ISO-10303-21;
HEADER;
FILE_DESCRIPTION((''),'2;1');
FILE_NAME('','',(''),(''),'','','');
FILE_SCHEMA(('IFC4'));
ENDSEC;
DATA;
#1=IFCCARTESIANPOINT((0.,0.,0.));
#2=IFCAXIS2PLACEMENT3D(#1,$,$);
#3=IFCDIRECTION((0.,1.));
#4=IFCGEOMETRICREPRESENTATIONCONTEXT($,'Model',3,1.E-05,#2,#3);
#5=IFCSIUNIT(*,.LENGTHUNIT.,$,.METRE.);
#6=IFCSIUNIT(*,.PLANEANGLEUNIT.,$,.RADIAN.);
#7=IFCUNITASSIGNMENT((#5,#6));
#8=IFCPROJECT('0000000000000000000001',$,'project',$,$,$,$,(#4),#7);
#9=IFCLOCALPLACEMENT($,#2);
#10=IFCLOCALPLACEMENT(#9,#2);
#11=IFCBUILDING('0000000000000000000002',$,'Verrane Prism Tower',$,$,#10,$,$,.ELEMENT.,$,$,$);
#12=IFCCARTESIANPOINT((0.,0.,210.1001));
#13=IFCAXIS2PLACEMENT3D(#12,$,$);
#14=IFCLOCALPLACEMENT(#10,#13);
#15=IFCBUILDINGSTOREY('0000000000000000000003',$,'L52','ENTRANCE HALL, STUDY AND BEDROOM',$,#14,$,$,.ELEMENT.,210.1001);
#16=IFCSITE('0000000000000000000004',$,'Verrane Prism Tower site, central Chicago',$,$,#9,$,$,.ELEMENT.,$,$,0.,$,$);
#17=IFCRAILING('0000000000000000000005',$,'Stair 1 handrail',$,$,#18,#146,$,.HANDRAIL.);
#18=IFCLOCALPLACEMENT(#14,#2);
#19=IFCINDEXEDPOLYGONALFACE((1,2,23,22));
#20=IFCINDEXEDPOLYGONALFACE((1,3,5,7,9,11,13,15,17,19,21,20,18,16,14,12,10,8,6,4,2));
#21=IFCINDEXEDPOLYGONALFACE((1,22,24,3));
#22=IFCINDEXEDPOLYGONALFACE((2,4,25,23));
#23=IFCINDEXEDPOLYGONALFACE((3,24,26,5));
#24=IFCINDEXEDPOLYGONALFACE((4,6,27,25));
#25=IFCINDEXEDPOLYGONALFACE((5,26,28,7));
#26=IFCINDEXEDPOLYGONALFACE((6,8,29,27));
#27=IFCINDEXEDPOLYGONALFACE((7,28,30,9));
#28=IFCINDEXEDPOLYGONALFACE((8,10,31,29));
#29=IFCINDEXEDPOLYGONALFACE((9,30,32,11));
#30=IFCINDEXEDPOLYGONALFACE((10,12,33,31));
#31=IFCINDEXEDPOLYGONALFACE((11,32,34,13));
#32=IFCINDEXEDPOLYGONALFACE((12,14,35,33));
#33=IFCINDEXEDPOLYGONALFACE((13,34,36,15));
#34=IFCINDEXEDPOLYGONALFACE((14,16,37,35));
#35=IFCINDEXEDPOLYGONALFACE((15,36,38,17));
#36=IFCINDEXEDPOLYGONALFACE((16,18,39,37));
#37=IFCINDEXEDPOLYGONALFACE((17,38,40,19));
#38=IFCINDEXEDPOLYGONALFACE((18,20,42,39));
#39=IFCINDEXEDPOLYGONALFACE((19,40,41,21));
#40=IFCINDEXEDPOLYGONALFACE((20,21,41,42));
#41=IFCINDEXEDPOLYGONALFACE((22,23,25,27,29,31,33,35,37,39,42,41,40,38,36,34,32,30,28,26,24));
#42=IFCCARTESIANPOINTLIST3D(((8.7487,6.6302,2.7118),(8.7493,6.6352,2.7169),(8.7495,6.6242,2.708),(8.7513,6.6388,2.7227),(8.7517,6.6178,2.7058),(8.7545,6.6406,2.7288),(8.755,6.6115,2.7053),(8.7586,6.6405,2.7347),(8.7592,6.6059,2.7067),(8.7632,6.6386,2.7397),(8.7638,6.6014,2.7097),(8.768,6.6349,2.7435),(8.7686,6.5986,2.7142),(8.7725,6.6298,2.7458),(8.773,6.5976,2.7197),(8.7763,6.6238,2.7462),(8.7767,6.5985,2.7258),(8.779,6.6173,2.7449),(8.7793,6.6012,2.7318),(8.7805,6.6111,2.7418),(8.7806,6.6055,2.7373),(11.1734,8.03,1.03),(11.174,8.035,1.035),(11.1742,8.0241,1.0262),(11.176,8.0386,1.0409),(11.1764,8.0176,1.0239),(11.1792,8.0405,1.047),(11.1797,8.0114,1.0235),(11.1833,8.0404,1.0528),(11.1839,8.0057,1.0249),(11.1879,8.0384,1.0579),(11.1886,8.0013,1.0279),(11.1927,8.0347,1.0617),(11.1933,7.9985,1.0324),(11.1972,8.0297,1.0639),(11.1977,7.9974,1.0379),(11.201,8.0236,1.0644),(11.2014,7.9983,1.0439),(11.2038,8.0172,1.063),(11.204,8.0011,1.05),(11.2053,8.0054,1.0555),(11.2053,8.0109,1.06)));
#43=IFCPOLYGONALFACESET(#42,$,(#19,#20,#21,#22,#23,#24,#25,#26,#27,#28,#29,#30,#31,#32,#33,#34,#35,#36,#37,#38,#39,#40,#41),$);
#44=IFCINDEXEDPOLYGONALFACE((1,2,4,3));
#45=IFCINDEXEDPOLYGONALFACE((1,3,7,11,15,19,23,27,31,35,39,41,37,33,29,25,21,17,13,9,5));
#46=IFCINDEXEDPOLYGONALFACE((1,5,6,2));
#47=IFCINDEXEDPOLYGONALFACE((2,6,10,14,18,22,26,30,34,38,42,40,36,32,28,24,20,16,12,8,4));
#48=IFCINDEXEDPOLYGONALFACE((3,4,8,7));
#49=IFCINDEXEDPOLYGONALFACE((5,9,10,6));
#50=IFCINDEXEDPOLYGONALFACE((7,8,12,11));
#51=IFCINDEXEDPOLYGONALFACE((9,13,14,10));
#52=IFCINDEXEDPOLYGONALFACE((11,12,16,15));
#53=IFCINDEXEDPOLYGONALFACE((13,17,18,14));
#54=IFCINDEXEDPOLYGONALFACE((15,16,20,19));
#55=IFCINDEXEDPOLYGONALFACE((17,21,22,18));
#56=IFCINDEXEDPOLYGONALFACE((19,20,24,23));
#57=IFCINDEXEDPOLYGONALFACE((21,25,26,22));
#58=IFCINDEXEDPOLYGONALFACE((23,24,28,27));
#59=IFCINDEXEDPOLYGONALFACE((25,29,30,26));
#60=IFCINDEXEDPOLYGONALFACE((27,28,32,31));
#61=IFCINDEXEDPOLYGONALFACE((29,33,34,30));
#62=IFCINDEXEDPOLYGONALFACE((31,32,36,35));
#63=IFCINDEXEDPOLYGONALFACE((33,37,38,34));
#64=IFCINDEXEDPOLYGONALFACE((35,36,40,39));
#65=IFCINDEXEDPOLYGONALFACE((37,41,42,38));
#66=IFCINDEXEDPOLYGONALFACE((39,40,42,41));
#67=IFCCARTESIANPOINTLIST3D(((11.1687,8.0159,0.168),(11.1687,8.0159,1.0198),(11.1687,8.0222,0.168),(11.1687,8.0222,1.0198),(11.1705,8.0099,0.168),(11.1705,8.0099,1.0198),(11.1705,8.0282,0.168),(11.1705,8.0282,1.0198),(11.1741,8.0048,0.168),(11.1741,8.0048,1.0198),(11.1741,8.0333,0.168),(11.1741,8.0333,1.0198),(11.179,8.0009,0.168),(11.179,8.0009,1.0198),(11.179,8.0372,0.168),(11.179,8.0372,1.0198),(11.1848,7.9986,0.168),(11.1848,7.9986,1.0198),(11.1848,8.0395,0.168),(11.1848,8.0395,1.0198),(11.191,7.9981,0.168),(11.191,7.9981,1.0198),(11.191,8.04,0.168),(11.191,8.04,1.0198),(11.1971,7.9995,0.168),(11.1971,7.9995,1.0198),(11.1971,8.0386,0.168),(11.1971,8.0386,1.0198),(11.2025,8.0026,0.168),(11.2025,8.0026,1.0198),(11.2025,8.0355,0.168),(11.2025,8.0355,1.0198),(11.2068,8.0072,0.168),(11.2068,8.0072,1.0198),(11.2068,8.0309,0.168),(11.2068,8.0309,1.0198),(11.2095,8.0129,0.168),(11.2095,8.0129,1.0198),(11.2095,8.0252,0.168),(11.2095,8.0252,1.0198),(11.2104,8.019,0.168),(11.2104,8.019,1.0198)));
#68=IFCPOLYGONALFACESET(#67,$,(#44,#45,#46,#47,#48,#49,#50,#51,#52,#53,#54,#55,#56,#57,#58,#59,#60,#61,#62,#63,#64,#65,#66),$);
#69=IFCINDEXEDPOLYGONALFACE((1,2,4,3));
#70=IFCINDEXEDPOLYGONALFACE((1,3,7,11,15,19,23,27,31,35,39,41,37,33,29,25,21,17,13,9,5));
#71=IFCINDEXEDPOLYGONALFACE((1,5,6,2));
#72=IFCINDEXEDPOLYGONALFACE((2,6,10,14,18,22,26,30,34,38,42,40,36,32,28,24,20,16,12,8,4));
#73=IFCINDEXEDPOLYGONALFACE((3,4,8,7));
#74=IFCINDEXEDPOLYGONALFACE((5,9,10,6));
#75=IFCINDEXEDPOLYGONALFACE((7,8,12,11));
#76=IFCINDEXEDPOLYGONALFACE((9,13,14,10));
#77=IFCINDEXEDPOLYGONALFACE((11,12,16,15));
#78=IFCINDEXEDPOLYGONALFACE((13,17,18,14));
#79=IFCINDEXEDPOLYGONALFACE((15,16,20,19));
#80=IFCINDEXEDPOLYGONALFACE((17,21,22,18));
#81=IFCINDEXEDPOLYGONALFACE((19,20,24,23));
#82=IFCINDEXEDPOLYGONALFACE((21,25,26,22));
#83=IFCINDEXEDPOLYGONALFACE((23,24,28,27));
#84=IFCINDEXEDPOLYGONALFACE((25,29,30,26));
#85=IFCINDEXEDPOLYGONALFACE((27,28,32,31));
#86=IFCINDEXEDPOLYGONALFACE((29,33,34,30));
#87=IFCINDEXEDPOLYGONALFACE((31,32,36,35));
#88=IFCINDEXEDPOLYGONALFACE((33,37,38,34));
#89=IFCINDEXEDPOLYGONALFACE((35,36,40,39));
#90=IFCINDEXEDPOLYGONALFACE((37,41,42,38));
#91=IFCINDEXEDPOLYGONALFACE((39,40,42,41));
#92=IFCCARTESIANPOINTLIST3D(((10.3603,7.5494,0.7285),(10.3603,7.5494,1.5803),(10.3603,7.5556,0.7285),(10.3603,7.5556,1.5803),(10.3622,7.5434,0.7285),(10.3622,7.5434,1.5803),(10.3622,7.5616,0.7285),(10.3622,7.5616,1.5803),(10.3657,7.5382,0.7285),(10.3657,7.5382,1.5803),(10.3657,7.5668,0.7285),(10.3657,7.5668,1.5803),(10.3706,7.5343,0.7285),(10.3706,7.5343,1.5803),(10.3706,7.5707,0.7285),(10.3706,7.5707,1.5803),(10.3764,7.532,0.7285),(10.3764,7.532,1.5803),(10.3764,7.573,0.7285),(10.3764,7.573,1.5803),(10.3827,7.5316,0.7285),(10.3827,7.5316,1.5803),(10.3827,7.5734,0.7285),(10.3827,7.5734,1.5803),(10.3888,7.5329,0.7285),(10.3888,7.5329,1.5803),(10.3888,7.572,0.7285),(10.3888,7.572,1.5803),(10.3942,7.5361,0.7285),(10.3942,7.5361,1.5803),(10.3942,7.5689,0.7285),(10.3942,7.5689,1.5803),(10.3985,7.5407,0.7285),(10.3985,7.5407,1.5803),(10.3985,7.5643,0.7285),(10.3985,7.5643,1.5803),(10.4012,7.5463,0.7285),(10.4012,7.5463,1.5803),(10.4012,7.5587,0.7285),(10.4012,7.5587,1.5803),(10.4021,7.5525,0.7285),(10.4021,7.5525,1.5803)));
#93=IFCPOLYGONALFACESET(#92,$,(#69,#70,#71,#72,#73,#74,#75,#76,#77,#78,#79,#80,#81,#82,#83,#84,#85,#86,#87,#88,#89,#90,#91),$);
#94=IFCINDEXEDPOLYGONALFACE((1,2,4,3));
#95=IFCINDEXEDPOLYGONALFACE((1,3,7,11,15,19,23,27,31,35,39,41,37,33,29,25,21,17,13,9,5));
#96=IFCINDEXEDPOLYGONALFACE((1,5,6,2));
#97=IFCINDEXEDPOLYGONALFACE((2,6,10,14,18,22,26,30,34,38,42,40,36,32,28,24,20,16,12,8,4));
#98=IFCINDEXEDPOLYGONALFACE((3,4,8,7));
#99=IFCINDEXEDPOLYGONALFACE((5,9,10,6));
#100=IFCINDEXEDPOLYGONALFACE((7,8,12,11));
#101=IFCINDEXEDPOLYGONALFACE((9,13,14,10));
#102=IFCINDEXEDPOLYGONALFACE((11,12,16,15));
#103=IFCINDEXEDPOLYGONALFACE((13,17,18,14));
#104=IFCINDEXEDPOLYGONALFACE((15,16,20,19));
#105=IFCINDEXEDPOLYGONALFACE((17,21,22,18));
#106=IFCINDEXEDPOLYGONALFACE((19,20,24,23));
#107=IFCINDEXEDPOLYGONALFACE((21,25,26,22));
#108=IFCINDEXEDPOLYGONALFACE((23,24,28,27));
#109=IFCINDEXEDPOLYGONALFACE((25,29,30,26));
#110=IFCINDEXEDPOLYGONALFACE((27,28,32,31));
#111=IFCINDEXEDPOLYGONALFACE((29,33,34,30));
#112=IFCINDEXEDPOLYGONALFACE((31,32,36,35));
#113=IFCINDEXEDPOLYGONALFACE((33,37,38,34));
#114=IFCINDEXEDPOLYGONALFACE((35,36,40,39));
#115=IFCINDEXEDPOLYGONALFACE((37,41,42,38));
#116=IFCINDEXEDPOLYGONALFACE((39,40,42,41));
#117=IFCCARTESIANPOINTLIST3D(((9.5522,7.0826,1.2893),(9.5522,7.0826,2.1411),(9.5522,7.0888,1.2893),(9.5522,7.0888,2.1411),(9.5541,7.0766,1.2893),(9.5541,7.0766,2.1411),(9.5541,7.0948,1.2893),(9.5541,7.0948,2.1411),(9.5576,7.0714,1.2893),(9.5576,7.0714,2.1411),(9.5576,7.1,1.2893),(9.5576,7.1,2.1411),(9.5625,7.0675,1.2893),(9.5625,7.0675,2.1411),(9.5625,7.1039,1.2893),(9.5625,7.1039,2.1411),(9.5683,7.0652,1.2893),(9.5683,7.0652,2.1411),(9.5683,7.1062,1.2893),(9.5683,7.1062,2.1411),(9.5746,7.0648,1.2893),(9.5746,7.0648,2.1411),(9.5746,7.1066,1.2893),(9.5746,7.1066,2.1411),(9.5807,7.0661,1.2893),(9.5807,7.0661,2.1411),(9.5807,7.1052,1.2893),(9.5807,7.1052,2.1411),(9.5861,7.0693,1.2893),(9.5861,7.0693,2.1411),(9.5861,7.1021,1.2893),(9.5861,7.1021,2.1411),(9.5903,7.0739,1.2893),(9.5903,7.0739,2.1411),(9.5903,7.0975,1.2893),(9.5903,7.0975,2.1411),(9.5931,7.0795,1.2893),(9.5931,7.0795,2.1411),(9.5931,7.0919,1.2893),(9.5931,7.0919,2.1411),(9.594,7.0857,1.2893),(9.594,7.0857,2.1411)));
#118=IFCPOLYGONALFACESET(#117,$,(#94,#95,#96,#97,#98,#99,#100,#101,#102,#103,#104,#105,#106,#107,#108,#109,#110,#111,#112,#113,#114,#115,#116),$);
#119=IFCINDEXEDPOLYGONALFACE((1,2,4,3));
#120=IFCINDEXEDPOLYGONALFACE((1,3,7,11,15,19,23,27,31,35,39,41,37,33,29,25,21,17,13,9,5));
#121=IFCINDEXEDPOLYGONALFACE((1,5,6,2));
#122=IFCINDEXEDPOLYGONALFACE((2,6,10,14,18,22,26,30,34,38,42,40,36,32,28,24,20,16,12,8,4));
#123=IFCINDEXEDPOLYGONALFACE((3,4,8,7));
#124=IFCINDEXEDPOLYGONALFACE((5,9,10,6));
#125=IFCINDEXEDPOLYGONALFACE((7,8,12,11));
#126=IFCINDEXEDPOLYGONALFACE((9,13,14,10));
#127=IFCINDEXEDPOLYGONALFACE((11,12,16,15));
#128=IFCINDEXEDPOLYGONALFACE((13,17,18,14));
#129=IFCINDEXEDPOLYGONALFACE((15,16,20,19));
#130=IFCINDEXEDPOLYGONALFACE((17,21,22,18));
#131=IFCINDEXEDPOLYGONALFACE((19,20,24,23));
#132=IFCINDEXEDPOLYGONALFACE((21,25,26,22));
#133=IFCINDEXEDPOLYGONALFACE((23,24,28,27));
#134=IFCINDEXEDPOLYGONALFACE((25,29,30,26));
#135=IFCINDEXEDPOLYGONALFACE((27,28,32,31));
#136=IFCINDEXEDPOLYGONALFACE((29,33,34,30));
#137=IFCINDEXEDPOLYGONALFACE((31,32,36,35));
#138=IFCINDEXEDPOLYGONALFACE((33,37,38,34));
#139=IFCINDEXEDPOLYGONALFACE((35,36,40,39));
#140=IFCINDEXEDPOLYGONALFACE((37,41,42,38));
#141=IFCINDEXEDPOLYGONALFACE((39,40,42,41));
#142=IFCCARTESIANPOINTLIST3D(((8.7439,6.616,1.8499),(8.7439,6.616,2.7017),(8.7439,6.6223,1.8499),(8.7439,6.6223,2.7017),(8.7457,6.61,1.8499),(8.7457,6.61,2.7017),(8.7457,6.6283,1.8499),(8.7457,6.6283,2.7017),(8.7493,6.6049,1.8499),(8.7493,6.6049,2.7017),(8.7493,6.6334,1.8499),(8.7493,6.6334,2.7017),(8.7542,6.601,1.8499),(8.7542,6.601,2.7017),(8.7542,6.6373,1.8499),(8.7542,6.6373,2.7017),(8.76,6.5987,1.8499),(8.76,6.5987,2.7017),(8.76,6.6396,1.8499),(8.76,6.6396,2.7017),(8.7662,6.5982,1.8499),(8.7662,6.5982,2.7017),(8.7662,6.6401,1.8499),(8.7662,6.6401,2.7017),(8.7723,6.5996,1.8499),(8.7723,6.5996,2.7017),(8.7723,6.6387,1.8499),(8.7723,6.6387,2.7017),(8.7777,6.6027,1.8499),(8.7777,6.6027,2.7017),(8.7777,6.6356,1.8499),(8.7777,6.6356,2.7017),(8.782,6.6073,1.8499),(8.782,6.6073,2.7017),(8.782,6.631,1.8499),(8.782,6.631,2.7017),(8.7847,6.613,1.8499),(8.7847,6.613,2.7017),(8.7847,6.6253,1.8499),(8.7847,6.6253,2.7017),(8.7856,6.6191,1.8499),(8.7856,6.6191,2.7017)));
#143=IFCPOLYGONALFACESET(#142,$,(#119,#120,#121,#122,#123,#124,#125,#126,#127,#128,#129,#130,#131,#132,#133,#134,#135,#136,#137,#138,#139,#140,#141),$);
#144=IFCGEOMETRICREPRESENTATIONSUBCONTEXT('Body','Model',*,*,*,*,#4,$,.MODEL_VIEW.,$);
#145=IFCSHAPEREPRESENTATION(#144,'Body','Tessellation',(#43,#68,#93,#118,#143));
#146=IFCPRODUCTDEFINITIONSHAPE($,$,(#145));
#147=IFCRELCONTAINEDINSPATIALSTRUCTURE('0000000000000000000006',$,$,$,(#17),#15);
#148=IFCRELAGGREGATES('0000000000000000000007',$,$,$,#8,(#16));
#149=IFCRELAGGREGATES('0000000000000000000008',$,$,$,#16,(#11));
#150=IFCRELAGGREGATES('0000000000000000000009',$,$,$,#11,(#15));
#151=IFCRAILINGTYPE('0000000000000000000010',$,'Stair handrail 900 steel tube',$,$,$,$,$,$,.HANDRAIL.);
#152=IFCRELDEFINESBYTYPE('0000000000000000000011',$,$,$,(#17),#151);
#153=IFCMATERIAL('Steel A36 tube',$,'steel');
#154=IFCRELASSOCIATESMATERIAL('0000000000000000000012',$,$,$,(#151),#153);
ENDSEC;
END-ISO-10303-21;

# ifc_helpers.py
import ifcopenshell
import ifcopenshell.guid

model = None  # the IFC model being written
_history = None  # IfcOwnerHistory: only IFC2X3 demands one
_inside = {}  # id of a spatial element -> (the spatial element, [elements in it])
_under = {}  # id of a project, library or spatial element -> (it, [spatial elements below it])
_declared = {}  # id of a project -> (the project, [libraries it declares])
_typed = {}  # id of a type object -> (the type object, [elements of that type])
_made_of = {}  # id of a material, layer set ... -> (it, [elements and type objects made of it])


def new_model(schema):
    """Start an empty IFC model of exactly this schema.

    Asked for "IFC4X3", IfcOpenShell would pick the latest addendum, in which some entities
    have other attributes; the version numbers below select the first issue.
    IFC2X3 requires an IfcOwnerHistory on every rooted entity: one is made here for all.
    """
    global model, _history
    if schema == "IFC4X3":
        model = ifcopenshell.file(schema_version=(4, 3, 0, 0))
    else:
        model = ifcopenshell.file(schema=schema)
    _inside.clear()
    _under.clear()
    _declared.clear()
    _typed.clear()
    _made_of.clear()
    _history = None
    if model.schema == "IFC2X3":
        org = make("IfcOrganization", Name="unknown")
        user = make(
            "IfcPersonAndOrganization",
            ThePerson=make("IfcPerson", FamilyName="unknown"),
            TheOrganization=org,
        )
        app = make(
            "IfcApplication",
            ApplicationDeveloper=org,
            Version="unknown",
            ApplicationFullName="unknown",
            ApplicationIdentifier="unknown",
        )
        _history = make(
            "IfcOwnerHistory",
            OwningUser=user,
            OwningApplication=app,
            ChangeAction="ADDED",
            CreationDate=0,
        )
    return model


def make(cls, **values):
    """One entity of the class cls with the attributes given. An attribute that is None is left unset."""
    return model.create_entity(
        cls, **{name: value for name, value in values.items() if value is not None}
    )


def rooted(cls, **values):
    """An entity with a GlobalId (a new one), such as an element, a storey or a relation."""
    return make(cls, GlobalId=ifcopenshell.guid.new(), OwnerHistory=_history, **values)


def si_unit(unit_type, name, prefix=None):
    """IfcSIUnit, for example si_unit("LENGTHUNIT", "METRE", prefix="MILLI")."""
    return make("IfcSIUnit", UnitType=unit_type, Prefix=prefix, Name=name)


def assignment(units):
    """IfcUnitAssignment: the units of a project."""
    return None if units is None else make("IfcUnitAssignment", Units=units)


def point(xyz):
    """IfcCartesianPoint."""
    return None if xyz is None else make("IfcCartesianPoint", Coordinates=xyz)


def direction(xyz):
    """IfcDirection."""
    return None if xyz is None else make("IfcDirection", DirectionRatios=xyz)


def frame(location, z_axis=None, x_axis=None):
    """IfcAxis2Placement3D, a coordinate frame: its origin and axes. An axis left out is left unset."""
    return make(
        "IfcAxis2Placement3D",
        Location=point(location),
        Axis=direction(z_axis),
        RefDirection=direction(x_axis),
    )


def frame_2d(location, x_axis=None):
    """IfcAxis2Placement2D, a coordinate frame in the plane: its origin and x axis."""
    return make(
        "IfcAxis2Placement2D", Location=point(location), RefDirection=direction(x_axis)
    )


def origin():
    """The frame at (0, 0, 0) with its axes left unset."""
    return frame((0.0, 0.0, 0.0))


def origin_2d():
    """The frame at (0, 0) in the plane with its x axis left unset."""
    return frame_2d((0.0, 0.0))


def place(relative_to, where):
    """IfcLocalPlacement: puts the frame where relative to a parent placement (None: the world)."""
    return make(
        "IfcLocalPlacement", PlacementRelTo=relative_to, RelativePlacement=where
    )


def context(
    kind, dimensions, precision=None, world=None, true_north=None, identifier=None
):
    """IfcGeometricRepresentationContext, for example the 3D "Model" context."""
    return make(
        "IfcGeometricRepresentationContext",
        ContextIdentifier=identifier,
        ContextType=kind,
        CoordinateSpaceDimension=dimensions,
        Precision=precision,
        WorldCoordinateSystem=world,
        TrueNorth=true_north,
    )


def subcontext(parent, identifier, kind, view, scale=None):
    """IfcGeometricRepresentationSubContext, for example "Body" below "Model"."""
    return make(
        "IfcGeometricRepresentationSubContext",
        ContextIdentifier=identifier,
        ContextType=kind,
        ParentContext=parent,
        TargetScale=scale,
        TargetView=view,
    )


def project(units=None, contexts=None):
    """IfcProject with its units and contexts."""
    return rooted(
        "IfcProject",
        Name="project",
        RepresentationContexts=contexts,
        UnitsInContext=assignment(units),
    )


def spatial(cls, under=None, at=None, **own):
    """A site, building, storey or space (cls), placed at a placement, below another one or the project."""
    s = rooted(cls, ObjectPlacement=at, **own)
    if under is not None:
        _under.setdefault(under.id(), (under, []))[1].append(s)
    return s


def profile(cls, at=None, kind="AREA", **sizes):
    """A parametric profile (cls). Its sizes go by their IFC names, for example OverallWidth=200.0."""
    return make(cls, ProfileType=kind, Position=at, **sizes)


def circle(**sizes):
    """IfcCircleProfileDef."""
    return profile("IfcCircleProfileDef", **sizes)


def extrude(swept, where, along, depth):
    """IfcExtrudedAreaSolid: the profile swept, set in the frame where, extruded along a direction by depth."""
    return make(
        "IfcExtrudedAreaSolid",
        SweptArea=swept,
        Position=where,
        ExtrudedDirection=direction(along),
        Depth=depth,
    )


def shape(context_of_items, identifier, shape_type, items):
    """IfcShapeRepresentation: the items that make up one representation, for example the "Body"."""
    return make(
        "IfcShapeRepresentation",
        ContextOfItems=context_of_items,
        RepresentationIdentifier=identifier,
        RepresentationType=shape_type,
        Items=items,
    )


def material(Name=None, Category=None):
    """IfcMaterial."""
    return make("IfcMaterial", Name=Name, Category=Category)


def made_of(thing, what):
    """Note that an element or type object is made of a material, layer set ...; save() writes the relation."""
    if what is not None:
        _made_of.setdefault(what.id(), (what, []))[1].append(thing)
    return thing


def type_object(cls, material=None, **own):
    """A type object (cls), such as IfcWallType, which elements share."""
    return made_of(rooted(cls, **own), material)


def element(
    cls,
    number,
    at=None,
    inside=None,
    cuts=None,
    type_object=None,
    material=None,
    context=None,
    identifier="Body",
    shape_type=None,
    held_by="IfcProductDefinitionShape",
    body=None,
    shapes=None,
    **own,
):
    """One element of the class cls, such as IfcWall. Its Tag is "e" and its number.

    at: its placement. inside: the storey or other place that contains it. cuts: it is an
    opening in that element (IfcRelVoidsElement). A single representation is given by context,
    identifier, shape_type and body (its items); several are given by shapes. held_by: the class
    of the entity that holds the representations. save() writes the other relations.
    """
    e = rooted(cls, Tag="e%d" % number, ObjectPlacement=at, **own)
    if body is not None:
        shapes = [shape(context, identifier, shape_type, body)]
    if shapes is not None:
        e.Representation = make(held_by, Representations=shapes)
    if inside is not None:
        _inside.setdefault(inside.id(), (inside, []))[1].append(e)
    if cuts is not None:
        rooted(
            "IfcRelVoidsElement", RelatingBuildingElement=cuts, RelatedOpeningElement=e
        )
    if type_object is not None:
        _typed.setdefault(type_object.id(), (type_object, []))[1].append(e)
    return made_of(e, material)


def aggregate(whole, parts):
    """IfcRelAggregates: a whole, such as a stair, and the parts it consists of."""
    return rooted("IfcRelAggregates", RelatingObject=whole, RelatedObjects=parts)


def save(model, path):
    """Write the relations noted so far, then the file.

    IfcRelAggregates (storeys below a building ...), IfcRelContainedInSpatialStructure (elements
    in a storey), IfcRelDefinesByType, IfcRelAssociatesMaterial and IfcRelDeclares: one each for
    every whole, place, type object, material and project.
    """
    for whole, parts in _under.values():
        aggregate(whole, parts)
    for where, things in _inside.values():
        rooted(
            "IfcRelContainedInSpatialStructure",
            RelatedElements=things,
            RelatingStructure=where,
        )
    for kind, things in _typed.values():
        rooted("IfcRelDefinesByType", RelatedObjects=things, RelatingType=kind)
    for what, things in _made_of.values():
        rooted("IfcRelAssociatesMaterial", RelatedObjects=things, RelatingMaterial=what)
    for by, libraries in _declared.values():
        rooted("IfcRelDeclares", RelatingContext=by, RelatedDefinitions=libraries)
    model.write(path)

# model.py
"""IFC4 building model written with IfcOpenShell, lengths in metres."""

from ifc_helpers import new_model, si_unit, direction, frame, origin, origin_2d, place, context, subcontext, project, spatial, circle, extrude, material, type_object, element, save


model = new_model("IFC4")

# Units and contexts
model_context = context("Model", 3, precision=1e-05, world=origin(), true_north=direction((0.0, 1.0)))
body_context = subcontext(model_context, "Body", "Model", "MODEL_VIEW")
ifc_project = project(units=[si_unit("LENGTHUNIT", "METRE"), si_unit("PLANEANGLEUNIT", "RADIAN")], contexts=[model_context])

# Site, building, storey
site_placement = place(None, origin())
site = spatial("IfcSite", under=ifc_project, at=site_placement, Name="Verrane Prism Tower site, central Chicago", CompositionType="ELEMENT", RefElevation=0.0)
building_placement = place(site_placement, origin())
building = spatial("IfcBuilding", under=site, at=building_placement, Name="Verrane Prism Tower", CompositionType="ELEMENT")
storey_placement = place(building_placement, frame((0.0, 0.0, 210.1001)))
storey = spatial("IfcBuildingStorey", under=building, at=storey_placement, Name="L52", Description="ENTRANCE HALL, STUDY AND BEDROOM", CompositionType="ELEMENT", Elevation=210.1001)

# Railing
ifc_material_1 = material(Name="Steel A36 tube", Category="steel")
railing_type_1 = type_object("IfcRailingType", Name="Stair handrail 900 steel tube", PredefinedType="HANDRAIL", material=ifc_material_1)
railing_1_placement = place(storey_placement, frame((11.1895, 8.019, 0.168)))
element("IfcRailing", 1, at=railing_1_placement, inside=storey, type_object=railing_type_1, Name="Stair 1 handrail", PredefinedType="HANDRAIL", context=body_context, shape_type="SweptSolid", body=[
    extrude(circle(Radius=0.0239, at=origin_2d()), frame((0.0, 0.0, 0.876), z_axis=(-0.74239, -0.428601, 0.514934), x_axis=(0.499984, -0.866035, 0.0)), (0.0, 0.0, 1.0), 3.2661),
    extrude(circle(Radius=0.021, at=origin_2d()), origin(), (0.0, 0.0, 1.0), 0.8518),
    extrude(circle(Radius=0.021, at=origin_2d()), frame((-0.8083, -0.4666, 0.5605)), (0.0, 0.0, 1.0), 0.8518),
    extrude(circle(Radius=0.021, at=origin_2d()), frame((-1.6165, -0.9333, 1.1213)), (0.0, 0.0, 1.0), 0.8518),
    extrude(circle(Radius=0.021, at=origin_2d()), frame((-2.4248, -1.3999, 1.6819)), (0.0, 0.0, 1.0), 0.8518),
])

save(model, "model.ifc")
